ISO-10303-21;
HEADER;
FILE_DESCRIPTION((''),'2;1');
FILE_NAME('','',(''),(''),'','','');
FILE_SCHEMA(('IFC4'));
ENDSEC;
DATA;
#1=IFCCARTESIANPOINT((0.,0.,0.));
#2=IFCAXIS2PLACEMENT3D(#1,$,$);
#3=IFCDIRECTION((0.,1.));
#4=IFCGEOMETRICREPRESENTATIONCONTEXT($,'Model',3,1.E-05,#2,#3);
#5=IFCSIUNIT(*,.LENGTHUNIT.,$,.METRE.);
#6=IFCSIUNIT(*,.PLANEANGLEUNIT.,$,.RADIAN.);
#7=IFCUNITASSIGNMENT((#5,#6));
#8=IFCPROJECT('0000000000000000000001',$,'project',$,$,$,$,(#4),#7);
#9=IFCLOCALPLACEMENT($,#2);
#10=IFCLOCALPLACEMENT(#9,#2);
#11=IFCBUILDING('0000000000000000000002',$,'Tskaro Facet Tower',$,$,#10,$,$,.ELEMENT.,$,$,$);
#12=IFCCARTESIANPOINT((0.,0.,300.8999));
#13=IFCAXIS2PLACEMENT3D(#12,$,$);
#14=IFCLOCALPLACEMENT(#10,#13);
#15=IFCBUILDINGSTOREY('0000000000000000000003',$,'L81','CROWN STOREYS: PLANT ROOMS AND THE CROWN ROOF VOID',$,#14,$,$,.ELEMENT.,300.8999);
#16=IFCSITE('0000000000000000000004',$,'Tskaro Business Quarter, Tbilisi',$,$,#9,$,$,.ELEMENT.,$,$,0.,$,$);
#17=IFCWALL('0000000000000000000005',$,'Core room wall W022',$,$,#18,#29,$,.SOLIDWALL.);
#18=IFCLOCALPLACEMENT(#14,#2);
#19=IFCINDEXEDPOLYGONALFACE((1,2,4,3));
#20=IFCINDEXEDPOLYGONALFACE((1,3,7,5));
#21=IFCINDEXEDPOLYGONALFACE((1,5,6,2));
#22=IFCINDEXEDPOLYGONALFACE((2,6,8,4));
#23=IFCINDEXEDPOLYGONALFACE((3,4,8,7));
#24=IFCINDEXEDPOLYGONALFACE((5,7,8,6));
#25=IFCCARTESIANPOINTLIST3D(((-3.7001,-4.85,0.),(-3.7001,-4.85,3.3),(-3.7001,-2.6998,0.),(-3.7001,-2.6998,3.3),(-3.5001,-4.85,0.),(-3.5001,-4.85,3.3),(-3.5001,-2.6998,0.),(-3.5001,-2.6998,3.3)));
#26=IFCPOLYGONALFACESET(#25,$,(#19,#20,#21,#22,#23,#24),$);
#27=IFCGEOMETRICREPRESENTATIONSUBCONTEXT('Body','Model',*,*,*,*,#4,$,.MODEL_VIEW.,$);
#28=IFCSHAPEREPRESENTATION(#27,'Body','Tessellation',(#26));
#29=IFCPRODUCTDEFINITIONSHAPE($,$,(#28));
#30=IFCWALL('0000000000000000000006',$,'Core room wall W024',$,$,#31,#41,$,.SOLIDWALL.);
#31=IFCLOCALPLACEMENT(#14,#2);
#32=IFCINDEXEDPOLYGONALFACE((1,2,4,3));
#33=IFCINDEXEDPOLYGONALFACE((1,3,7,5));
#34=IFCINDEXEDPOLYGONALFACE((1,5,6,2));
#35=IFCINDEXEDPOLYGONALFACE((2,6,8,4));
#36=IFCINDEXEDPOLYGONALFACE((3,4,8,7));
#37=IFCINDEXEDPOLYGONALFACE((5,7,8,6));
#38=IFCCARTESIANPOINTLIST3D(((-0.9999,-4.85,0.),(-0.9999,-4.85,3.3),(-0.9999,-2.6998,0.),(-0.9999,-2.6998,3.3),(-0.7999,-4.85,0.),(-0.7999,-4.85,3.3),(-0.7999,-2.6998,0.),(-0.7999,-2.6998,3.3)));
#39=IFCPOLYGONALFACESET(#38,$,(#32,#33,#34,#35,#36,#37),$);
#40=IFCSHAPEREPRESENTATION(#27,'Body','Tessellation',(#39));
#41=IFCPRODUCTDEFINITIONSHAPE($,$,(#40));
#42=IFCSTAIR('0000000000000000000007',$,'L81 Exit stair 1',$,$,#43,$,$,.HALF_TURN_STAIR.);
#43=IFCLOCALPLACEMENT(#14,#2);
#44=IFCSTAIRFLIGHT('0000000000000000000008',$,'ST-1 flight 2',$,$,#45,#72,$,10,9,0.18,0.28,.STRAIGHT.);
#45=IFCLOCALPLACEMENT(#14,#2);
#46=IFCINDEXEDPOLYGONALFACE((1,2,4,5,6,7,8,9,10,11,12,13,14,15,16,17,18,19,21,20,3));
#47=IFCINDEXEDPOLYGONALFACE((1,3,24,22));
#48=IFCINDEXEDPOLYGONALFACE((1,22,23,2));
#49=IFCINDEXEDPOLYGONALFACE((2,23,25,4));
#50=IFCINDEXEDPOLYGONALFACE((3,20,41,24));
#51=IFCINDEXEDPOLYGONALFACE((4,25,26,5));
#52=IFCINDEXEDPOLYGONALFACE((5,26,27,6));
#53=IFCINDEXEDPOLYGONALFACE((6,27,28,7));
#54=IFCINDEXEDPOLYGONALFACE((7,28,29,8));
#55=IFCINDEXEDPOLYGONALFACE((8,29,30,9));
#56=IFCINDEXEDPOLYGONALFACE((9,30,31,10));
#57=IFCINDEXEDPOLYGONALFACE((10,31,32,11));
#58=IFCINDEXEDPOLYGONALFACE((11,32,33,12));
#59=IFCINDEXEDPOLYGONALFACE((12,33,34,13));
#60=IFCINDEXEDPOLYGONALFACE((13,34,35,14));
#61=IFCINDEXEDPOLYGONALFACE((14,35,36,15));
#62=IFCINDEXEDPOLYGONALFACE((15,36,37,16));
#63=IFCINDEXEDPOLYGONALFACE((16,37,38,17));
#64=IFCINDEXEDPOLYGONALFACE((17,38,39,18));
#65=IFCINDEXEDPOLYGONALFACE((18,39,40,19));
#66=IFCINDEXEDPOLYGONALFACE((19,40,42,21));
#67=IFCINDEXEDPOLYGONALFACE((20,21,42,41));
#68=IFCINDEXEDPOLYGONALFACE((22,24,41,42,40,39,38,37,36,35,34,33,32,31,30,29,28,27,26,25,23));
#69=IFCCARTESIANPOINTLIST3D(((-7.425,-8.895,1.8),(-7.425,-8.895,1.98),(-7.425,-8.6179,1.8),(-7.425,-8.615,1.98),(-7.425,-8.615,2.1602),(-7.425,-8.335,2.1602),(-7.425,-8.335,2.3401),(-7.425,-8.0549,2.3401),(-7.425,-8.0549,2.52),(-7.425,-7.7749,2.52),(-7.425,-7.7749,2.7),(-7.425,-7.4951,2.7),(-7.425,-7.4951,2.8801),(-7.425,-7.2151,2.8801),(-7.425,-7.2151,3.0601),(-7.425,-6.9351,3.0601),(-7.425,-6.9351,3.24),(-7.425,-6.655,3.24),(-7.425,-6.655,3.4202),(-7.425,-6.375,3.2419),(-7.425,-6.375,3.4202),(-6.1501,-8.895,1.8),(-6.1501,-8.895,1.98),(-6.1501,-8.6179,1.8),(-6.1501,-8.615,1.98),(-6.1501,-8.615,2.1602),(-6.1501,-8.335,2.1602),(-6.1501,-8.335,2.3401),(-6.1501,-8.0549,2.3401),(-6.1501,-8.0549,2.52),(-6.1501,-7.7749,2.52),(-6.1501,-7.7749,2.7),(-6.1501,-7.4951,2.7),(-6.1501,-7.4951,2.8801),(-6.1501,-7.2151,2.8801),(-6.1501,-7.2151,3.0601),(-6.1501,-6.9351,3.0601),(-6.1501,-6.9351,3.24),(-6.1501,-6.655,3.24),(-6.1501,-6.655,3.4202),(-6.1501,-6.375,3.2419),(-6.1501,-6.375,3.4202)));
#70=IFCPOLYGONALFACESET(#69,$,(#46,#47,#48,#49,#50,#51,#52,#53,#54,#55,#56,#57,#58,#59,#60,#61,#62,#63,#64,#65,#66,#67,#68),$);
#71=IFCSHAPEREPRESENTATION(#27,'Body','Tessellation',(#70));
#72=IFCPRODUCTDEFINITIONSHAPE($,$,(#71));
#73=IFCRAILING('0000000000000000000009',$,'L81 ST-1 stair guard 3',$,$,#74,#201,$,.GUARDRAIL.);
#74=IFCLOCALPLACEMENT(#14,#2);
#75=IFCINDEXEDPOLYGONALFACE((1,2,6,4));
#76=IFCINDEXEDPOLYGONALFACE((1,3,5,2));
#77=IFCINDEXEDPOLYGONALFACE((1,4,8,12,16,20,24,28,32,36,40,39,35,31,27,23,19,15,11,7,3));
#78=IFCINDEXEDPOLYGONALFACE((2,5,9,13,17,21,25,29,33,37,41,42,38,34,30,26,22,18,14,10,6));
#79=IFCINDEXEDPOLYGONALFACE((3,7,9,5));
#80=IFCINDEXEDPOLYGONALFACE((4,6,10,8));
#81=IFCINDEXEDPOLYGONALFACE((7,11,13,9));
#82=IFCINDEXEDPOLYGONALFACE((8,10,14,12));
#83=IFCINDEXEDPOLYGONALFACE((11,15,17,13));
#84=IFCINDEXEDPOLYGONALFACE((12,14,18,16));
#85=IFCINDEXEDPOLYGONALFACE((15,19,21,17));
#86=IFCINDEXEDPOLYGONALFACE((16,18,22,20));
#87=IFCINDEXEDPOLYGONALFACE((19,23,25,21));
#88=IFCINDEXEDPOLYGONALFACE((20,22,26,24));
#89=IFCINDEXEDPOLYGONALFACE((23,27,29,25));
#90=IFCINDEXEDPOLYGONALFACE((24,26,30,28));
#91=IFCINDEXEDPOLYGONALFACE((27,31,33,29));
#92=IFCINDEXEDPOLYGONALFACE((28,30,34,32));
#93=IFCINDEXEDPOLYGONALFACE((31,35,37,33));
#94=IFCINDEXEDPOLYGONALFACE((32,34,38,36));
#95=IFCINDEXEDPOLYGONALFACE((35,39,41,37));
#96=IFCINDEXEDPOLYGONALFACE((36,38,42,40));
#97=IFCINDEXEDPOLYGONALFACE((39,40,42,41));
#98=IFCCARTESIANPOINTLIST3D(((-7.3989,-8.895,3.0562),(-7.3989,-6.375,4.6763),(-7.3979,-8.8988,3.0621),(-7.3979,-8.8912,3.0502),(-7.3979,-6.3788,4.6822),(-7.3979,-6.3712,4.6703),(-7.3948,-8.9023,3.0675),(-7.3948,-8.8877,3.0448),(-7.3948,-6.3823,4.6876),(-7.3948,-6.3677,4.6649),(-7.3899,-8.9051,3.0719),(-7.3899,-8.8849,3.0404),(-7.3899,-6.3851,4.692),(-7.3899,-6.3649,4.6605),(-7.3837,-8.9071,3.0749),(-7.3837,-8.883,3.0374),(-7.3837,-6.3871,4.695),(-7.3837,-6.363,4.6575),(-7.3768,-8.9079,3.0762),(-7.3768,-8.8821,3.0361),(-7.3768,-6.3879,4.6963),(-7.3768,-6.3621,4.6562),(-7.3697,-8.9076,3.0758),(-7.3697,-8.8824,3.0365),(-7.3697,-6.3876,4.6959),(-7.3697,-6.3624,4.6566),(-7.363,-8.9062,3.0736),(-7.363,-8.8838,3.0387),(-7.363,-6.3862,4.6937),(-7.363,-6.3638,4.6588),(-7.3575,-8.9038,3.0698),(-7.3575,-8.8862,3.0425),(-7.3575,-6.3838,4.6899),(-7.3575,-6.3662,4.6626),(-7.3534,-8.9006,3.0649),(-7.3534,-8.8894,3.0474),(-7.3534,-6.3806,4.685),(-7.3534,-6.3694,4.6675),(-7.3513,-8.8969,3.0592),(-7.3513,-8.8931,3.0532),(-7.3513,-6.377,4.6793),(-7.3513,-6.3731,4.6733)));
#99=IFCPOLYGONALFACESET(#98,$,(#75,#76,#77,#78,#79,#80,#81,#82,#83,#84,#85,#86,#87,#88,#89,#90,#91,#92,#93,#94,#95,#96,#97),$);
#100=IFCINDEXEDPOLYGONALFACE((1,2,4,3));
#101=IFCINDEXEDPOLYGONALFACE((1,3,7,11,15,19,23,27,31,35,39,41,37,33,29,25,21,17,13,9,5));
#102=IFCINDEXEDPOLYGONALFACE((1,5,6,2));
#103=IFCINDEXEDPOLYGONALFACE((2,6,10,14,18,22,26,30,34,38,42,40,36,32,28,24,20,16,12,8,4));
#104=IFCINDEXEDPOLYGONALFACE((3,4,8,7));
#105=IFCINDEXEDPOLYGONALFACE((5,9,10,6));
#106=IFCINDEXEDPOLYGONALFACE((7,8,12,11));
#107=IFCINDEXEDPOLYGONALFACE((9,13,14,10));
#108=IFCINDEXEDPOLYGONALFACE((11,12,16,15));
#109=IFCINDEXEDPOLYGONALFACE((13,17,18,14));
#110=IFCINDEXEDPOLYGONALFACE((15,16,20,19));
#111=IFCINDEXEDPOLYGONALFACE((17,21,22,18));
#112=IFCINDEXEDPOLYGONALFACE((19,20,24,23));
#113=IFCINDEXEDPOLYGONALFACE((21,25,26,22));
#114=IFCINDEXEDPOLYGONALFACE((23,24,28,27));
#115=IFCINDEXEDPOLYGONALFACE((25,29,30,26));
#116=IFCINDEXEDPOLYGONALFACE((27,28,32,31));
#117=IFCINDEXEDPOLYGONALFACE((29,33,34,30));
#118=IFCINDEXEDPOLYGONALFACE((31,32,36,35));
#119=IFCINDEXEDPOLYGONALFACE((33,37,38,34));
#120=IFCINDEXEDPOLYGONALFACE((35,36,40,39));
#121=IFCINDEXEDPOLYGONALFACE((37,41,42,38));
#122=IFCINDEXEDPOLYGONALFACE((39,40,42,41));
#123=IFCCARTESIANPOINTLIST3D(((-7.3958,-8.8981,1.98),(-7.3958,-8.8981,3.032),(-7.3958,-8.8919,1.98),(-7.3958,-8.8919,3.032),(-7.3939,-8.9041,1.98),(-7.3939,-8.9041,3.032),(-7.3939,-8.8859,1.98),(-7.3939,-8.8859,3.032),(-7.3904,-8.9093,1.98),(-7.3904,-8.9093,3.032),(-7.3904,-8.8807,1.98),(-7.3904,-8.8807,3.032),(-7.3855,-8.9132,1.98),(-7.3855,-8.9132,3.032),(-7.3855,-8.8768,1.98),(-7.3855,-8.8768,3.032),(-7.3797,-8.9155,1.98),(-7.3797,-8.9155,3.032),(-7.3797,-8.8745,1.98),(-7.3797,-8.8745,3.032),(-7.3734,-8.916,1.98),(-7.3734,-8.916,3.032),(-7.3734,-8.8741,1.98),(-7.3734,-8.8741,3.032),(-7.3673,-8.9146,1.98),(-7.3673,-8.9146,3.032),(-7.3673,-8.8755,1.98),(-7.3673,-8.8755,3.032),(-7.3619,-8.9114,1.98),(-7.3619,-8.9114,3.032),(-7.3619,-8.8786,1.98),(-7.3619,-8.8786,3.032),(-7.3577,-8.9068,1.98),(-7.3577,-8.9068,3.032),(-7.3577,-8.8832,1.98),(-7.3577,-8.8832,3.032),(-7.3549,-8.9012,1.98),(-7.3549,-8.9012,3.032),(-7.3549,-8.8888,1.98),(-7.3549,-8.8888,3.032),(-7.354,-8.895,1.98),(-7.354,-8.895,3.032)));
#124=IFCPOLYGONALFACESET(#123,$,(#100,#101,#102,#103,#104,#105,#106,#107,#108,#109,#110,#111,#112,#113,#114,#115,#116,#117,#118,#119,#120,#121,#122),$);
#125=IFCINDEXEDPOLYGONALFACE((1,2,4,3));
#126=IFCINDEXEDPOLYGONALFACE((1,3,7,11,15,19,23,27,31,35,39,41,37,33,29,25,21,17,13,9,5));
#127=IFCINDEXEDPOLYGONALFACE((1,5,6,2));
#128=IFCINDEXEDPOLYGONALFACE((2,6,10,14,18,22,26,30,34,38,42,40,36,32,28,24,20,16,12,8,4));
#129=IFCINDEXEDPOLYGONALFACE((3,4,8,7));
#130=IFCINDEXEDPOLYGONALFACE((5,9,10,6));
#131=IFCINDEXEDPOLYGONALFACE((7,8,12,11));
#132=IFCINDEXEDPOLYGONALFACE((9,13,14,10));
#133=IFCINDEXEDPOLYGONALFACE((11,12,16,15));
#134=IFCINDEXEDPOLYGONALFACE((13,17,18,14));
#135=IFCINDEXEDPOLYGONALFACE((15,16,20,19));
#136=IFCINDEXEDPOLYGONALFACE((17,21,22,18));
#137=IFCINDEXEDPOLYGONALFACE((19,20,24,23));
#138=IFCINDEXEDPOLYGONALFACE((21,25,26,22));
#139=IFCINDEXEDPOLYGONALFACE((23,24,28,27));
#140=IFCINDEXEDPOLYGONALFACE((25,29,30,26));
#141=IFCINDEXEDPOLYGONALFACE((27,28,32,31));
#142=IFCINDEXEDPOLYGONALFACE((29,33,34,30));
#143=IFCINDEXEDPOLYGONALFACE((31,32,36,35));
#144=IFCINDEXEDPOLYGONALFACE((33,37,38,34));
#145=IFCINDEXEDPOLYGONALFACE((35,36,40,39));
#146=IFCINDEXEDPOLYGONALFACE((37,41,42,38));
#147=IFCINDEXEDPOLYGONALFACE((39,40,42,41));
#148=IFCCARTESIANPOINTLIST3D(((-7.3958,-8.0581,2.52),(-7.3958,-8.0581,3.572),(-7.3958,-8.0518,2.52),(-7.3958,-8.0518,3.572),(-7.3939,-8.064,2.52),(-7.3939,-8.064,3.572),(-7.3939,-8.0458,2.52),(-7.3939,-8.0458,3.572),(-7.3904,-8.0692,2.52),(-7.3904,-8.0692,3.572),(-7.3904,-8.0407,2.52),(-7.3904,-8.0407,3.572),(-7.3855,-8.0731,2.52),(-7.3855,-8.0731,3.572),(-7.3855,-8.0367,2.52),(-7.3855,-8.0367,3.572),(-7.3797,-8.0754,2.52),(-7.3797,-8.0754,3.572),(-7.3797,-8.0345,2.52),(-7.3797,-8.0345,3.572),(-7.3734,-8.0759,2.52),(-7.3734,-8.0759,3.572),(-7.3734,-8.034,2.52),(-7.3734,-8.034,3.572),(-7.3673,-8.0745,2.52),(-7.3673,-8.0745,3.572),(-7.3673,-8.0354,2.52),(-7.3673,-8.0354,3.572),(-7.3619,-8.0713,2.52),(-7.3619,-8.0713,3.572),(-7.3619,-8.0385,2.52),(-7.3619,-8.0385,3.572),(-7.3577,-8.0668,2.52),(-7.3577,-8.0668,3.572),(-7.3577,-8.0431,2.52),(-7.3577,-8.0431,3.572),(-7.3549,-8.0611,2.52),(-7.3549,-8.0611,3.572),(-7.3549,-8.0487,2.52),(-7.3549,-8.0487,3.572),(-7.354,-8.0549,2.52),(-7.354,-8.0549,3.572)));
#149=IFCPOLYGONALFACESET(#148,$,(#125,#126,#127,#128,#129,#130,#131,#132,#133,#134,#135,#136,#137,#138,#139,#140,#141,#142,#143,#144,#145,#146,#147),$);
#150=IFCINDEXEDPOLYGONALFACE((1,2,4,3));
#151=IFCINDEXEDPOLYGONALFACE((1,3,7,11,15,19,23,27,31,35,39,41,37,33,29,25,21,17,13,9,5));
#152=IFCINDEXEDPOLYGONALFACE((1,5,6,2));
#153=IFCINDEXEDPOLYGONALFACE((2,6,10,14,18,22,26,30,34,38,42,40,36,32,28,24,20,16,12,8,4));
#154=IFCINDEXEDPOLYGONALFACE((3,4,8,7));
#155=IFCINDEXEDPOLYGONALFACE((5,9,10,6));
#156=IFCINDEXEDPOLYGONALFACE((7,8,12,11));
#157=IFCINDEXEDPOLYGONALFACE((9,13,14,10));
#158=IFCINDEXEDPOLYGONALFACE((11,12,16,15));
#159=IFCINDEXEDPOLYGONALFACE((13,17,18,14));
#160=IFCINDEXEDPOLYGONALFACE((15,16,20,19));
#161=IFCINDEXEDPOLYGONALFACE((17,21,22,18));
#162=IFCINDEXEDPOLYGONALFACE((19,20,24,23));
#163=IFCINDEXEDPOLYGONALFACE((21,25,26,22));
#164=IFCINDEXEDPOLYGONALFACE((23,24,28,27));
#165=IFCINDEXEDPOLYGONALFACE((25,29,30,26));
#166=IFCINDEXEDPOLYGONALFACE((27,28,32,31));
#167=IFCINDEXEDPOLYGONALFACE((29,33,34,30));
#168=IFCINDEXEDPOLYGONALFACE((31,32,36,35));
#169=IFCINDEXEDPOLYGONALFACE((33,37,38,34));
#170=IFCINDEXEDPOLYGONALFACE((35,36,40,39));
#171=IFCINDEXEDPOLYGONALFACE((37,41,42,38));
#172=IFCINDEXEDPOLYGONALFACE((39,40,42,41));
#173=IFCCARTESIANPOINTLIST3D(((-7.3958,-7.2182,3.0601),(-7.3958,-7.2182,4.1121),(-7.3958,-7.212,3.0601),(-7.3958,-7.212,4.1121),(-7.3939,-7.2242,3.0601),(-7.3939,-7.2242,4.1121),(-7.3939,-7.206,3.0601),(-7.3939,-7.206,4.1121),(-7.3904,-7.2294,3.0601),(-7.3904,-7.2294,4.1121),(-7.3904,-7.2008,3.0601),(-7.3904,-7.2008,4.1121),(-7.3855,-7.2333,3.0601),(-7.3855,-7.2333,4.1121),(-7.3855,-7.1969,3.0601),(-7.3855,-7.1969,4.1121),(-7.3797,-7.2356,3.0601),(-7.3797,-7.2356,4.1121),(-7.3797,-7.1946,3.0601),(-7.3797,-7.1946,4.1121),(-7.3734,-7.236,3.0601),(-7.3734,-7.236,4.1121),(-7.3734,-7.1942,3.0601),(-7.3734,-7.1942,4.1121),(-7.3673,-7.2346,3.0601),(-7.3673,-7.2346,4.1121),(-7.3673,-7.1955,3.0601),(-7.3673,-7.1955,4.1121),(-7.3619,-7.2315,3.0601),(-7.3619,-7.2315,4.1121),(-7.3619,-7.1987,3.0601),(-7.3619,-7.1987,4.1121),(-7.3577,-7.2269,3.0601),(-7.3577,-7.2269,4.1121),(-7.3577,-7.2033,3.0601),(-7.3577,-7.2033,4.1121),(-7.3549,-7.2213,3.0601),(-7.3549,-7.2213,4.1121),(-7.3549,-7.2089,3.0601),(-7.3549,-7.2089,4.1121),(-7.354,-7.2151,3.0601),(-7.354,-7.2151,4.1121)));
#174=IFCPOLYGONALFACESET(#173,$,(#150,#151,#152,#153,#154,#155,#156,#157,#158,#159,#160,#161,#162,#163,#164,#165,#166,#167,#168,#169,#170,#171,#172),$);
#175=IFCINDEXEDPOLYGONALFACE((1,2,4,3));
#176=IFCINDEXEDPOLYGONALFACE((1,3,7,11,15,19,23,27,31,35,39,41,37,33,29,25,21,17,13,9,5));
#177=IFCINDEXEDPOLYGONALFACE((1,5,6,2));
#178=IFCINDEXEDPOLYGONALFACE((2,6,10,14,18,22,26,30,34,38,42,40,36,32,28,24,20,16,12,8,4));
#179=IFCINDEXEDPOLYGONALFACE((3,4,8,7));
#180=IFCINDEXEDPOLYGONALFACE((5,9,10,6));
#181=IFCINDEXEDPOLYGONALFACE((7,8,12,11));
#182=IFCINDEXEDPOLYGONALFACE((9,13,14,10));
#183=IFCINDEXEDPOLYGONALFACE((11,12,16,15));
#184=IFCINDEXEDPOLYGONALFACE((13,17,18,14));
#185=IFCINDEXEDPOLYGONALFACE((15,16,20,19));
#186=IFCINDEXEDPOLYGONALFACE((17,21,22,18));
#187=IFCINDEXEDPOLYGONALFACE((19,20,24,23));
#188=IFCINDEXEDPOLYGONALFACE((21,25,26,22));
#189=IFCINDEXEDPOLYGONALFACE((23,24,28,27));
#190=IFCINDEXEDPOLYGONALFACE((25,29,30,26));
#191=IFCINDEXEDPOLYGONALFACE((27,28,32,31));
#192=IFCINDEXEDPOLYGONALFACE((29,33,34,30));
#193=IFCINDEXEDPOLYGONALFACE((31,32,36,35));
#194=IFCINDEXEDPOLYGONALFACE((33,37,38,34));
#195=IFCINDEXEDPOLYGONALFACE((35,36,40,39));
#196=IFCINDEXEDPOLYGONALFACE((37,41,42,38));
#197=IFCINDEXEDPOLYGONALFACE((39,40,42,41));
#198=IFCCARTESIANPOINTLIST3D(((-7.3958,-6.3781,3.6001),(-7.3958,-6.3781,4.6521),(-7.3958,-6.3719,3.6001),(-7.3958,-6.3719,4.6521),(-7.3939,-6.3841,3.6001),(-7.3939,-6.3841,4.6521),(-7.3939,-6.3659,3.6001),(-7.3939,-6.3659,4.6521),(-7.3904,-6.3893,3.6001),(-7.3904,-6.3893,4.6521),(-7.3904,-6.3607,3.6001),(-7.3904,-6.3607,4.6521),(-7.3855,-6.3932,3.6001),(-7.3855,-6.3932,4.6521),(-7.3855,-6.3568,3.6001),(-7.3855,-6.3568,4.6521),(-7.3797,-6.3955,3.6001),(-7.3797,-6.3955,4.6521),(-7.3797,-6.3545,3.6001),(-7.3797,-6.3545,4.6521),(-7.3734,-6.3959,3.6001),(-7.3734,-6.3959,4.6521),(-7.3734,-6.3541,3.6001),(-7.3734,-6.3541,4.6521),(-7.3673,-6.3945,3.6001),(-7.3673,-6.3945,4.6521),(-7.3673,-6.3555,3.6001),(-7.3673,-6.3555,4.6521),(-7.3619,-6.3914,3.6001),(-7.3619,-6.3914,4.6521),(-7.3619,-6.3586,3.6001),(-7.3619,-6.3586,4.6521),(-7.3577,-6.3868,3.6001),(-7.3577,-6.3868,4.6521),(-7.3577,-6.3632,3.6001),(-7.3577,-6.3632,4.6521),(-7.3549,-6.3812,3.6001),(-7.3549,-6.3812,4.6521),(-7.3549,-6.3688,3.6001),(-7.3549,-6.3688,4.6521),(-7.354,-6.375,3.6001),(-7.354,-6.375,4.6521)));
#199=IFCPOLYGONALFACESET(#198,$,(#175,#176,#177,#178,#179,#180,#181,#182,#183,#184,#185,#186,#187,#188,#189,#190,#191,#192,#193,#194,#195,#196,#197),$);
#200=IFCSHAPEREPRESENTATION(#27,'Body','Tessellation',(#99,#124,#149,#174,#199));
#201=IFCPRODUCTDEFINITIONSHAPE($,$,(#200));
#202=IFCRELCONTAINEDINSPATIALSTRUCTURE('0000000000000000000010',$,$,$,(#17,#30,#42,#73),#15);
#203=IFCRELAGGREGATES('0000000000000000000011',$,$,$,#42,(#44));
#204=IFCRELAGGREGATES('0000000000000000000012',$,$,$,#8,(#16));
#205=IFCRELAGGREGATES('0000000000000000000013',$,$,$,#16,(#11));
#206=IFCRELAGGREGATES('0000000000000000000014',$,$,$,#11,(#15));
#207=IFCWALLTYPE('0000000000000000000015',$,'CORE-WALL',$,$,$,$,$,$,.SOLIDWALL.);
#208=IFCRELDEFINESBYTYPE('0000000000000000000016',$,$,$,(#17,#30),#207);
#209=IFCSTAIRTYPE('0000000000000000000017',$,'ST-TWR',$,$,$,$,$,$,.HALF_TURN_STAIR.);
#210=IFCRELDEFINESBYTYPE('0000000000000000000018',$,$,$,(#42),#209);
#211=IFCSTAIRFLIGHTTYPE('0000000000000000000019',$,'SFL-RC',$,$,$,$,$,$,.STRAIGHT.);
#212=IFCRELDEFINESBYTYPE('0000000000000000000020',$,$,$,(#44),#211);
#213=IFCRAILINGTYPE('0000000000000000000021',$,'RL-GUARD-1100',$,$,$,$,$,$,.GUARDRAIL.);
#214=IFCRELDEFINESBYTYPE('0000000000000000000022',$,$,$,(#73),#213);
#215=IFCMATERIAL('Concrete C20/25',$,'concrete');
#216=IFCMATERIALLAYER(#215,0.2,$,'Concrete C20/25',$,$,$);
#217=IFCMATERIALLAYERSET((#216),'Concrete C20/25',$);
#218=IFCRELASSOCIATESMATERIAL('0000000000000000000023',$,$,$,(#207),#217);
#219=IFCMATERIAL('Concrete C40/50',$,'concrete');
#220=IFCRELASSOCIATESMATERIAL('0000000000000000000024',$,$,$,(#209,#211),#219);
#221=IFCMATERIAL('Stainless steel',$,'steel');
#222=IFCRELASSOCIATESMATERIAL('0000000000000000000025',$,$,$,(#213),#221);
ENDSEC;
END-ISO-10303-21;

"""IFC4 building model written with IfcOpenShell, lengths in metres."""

from ifc_helpers import new_model, si_unit, direction, frame, frame_2d, origin, origin_2d, place, context, subcontext, project, spatial, polyline, rectangle, circle, outline, extrude, material, layer, layer_set, type_object, element, aggregate, save


model = new_model("IFC4")

# Units and contexts
model_context = context("Model", 3, precision=1e-05, world=origin(), true_north=direction((0.0, 1.0)))
body_context = subcontext(model_context, "Body", "Model", "MODEL_VIEW")
ifc_project = project(units=[si_unit("LENGTHUNIT", "METRE"), si_unit("PLANEANGLEUNIT", "RADIAN")], contexts=[model_context])

# Site, building, storey
site_placement = place(None, origin())
site = spatial("IfcSite", under=ifc_project, at=site_placement, Name="Tskaro Business Quarter, Tbilisi", CompositionType="ELEMENT", RefElevation=0.0)
building_placement = place(site_placement, origin())
building = spatial("IfcBuilding", under=site, at=building_placement, Name="Tskaro Facet Tower", CompositionType="ELEMENT")
storey_placement = place(building_placement, frame((0.0, 0.0, 300.8999)))
storey = spatial("IfcBuildingStorey", under=building, at=storey_placement, Name="L81", Description="CROWN STOREYS: PLANT ROOMS AND THE CROWN ROOF VOID", CompositionType="ELEMENT", Elevation=300.8999)

# Shared definitions
ifc_material_1 = material(Name="Stainless steel", Category="steel")

# Walls
ifc_material_2 = material(Name="Concrete C20/25", Category="concrete")
ifc_layer_1 = layer(ifc_material_2, 0.2, Name="Concrete C20/25")
ifc_layer_set_1 = layer_set([ifc_layer_1], Name="Concrete C20/25")
wall_type_1 = type_object("IfcWallType", Name="CORE-WALL", PredefinedType="SOLIDWALL", material=ifc_layer_set_1)
for number, where, z_axis, x_axis, name in (
    (1, (-3.6001, -4.8501, 0.0), (0.0, 0.0, 1.0), (0.0, 1.0, 0.0), "Core room wall W022"),
    (2, (-0.8999, -4.8501, 0.0), (0.0, 0.0, 1.0), (0.0, 1.0, 0.0), "Core room wall W024"),
):
    element("IfcWall", number, at=place(storey_placement, frame(where, z_axis=z_axis, x_axis=x_axis)), inside=storey, type_object=wall_type_1, Name=name, PredefinedType="SOLIDWALL", context=body_context, shape_type="SweptSolid", body=[
        extrude(rectangle(XDim=2.1501, YDim=0.2, at=frame_2d((1.0752, 0.0))), origin(), (0.0, 0.0, 1.0), 3.3),
    ])

# Stair, stair flight
ifc_material_3 = material(Name="Concrete C40/50", Category="concrete")
stair_type = type_object("IfcStairType", Name="ST-TWR", PredefinedType="HALF_TURN_STAIR", material=ifc_material_3)
stair_placement = place(storey_placement, origin())
stair = element("IfcStair", 3, at=stair_placement, inside=storey, type_object=stair_type, Name="L81 Exit stair 1", PredefinedType="HALF_TURN_STAIR")
stair_flight_type = type_object("IfcStairFlightType", Name="SFL-RC", PredefinedType="STRAIGHT", material=ifc_material_3)
stair_flight_placement = place(storey_placement, frame((-6.7876, -8.895, 1.8), z_axis=(0.0, 0.0, 1.0), x_axis=(0.0, 1.0, 0.0)))
stair_flight = element("IfcStairFlight", 4, at=stair_flight_placement, type_object=stair_flight_type, Name="ST-1 flight 2", NumberOfRisers=10, NumberOfTreads=9, PredefinedType="STRAIGHT", RiserHeight=0.18, TreadLength=0.28, context=body_context, shape_type="SweptSolid", body=[
    extrude(outline(polyline([(0.0, 0.0), (0.0, 0.1799), (0.28, 0.1799), (0.28, 0.3601), (0.5601, 0.3601), (0.5601, 0.54), (0.8401, 0.54), (0.8401, 0.72), (1.1201, 0.72), (1.1201, 0.8999), (1.3999, 0.8999), (1.3999, 1.0801), (1.6799, 1.0801), (1.6799, 1.26), (1.96, 1.26), (1.96, 1.4399), (2.24, 1.4399), (2.24, 1.6201), (2.52, 1.6201), (2.52, 1.8), (2.52, 1.4419), (0.2771, 0.0), (0.0, 0.0)])), frame((0.0, 0.6375, 0.0), z_axis=(0.0, -1.0, 0.0), x_axis=(1.0, 0.0, 0.0)), (0.0, 0.0, 1.0), 1.2749),
])
aggregate(stair, [stair_flight])

# Railing
railing_type_1 = type_object("IfcRailingType", Name="RL-GUARD-1100", PredefinedType="GUARDRAIL", material=ifc_material_1)
railing_1_placement = place(storey_placement, frame((-7.375, -8.895, 1.98)))
element("IfcRailing", 5, at=railing_1_placement, inside=storey, type_object=railing_type_1, Name="L81 ST-1 stair guard 3", PredefinedType="GUARDRAIL", context=body_context, shape_type="SweptSolid", body=[
    extrude(circle(Radius=0.0239, at=origin_2d()), frame((0.0, 0.0, 1.0762), z_axis=(0.0, 0.841163, 0.540782), x_axis=(-1.0, 0.0, 0.0)), (0.0, 0.0, 1.0), 2.9958),
    extrude(circle(Radius=0.021, at=origin_2d()), origin(), (0.0, 0.0, 1.0), 1.052),
    extrude(circle(Radius=0.021, at=origin_2d()), frame((0.0, 0.8401, 0.54)), (0.0, 0.0, 1.0), 1.052),
    extrude(circle(Radius=0.021, at=origin_2d()), frame((0.0, 1.6799, 1.0801)), (0.0, 0.0, 1.0), 1.052),
    extrude(circle(Radius=0.021, at=origin_2d()), frame((0.0, 2.52, 1.6201)), (0.0, 0.0, 1.0), 1.052),
])

save(model, "model.ifc")
